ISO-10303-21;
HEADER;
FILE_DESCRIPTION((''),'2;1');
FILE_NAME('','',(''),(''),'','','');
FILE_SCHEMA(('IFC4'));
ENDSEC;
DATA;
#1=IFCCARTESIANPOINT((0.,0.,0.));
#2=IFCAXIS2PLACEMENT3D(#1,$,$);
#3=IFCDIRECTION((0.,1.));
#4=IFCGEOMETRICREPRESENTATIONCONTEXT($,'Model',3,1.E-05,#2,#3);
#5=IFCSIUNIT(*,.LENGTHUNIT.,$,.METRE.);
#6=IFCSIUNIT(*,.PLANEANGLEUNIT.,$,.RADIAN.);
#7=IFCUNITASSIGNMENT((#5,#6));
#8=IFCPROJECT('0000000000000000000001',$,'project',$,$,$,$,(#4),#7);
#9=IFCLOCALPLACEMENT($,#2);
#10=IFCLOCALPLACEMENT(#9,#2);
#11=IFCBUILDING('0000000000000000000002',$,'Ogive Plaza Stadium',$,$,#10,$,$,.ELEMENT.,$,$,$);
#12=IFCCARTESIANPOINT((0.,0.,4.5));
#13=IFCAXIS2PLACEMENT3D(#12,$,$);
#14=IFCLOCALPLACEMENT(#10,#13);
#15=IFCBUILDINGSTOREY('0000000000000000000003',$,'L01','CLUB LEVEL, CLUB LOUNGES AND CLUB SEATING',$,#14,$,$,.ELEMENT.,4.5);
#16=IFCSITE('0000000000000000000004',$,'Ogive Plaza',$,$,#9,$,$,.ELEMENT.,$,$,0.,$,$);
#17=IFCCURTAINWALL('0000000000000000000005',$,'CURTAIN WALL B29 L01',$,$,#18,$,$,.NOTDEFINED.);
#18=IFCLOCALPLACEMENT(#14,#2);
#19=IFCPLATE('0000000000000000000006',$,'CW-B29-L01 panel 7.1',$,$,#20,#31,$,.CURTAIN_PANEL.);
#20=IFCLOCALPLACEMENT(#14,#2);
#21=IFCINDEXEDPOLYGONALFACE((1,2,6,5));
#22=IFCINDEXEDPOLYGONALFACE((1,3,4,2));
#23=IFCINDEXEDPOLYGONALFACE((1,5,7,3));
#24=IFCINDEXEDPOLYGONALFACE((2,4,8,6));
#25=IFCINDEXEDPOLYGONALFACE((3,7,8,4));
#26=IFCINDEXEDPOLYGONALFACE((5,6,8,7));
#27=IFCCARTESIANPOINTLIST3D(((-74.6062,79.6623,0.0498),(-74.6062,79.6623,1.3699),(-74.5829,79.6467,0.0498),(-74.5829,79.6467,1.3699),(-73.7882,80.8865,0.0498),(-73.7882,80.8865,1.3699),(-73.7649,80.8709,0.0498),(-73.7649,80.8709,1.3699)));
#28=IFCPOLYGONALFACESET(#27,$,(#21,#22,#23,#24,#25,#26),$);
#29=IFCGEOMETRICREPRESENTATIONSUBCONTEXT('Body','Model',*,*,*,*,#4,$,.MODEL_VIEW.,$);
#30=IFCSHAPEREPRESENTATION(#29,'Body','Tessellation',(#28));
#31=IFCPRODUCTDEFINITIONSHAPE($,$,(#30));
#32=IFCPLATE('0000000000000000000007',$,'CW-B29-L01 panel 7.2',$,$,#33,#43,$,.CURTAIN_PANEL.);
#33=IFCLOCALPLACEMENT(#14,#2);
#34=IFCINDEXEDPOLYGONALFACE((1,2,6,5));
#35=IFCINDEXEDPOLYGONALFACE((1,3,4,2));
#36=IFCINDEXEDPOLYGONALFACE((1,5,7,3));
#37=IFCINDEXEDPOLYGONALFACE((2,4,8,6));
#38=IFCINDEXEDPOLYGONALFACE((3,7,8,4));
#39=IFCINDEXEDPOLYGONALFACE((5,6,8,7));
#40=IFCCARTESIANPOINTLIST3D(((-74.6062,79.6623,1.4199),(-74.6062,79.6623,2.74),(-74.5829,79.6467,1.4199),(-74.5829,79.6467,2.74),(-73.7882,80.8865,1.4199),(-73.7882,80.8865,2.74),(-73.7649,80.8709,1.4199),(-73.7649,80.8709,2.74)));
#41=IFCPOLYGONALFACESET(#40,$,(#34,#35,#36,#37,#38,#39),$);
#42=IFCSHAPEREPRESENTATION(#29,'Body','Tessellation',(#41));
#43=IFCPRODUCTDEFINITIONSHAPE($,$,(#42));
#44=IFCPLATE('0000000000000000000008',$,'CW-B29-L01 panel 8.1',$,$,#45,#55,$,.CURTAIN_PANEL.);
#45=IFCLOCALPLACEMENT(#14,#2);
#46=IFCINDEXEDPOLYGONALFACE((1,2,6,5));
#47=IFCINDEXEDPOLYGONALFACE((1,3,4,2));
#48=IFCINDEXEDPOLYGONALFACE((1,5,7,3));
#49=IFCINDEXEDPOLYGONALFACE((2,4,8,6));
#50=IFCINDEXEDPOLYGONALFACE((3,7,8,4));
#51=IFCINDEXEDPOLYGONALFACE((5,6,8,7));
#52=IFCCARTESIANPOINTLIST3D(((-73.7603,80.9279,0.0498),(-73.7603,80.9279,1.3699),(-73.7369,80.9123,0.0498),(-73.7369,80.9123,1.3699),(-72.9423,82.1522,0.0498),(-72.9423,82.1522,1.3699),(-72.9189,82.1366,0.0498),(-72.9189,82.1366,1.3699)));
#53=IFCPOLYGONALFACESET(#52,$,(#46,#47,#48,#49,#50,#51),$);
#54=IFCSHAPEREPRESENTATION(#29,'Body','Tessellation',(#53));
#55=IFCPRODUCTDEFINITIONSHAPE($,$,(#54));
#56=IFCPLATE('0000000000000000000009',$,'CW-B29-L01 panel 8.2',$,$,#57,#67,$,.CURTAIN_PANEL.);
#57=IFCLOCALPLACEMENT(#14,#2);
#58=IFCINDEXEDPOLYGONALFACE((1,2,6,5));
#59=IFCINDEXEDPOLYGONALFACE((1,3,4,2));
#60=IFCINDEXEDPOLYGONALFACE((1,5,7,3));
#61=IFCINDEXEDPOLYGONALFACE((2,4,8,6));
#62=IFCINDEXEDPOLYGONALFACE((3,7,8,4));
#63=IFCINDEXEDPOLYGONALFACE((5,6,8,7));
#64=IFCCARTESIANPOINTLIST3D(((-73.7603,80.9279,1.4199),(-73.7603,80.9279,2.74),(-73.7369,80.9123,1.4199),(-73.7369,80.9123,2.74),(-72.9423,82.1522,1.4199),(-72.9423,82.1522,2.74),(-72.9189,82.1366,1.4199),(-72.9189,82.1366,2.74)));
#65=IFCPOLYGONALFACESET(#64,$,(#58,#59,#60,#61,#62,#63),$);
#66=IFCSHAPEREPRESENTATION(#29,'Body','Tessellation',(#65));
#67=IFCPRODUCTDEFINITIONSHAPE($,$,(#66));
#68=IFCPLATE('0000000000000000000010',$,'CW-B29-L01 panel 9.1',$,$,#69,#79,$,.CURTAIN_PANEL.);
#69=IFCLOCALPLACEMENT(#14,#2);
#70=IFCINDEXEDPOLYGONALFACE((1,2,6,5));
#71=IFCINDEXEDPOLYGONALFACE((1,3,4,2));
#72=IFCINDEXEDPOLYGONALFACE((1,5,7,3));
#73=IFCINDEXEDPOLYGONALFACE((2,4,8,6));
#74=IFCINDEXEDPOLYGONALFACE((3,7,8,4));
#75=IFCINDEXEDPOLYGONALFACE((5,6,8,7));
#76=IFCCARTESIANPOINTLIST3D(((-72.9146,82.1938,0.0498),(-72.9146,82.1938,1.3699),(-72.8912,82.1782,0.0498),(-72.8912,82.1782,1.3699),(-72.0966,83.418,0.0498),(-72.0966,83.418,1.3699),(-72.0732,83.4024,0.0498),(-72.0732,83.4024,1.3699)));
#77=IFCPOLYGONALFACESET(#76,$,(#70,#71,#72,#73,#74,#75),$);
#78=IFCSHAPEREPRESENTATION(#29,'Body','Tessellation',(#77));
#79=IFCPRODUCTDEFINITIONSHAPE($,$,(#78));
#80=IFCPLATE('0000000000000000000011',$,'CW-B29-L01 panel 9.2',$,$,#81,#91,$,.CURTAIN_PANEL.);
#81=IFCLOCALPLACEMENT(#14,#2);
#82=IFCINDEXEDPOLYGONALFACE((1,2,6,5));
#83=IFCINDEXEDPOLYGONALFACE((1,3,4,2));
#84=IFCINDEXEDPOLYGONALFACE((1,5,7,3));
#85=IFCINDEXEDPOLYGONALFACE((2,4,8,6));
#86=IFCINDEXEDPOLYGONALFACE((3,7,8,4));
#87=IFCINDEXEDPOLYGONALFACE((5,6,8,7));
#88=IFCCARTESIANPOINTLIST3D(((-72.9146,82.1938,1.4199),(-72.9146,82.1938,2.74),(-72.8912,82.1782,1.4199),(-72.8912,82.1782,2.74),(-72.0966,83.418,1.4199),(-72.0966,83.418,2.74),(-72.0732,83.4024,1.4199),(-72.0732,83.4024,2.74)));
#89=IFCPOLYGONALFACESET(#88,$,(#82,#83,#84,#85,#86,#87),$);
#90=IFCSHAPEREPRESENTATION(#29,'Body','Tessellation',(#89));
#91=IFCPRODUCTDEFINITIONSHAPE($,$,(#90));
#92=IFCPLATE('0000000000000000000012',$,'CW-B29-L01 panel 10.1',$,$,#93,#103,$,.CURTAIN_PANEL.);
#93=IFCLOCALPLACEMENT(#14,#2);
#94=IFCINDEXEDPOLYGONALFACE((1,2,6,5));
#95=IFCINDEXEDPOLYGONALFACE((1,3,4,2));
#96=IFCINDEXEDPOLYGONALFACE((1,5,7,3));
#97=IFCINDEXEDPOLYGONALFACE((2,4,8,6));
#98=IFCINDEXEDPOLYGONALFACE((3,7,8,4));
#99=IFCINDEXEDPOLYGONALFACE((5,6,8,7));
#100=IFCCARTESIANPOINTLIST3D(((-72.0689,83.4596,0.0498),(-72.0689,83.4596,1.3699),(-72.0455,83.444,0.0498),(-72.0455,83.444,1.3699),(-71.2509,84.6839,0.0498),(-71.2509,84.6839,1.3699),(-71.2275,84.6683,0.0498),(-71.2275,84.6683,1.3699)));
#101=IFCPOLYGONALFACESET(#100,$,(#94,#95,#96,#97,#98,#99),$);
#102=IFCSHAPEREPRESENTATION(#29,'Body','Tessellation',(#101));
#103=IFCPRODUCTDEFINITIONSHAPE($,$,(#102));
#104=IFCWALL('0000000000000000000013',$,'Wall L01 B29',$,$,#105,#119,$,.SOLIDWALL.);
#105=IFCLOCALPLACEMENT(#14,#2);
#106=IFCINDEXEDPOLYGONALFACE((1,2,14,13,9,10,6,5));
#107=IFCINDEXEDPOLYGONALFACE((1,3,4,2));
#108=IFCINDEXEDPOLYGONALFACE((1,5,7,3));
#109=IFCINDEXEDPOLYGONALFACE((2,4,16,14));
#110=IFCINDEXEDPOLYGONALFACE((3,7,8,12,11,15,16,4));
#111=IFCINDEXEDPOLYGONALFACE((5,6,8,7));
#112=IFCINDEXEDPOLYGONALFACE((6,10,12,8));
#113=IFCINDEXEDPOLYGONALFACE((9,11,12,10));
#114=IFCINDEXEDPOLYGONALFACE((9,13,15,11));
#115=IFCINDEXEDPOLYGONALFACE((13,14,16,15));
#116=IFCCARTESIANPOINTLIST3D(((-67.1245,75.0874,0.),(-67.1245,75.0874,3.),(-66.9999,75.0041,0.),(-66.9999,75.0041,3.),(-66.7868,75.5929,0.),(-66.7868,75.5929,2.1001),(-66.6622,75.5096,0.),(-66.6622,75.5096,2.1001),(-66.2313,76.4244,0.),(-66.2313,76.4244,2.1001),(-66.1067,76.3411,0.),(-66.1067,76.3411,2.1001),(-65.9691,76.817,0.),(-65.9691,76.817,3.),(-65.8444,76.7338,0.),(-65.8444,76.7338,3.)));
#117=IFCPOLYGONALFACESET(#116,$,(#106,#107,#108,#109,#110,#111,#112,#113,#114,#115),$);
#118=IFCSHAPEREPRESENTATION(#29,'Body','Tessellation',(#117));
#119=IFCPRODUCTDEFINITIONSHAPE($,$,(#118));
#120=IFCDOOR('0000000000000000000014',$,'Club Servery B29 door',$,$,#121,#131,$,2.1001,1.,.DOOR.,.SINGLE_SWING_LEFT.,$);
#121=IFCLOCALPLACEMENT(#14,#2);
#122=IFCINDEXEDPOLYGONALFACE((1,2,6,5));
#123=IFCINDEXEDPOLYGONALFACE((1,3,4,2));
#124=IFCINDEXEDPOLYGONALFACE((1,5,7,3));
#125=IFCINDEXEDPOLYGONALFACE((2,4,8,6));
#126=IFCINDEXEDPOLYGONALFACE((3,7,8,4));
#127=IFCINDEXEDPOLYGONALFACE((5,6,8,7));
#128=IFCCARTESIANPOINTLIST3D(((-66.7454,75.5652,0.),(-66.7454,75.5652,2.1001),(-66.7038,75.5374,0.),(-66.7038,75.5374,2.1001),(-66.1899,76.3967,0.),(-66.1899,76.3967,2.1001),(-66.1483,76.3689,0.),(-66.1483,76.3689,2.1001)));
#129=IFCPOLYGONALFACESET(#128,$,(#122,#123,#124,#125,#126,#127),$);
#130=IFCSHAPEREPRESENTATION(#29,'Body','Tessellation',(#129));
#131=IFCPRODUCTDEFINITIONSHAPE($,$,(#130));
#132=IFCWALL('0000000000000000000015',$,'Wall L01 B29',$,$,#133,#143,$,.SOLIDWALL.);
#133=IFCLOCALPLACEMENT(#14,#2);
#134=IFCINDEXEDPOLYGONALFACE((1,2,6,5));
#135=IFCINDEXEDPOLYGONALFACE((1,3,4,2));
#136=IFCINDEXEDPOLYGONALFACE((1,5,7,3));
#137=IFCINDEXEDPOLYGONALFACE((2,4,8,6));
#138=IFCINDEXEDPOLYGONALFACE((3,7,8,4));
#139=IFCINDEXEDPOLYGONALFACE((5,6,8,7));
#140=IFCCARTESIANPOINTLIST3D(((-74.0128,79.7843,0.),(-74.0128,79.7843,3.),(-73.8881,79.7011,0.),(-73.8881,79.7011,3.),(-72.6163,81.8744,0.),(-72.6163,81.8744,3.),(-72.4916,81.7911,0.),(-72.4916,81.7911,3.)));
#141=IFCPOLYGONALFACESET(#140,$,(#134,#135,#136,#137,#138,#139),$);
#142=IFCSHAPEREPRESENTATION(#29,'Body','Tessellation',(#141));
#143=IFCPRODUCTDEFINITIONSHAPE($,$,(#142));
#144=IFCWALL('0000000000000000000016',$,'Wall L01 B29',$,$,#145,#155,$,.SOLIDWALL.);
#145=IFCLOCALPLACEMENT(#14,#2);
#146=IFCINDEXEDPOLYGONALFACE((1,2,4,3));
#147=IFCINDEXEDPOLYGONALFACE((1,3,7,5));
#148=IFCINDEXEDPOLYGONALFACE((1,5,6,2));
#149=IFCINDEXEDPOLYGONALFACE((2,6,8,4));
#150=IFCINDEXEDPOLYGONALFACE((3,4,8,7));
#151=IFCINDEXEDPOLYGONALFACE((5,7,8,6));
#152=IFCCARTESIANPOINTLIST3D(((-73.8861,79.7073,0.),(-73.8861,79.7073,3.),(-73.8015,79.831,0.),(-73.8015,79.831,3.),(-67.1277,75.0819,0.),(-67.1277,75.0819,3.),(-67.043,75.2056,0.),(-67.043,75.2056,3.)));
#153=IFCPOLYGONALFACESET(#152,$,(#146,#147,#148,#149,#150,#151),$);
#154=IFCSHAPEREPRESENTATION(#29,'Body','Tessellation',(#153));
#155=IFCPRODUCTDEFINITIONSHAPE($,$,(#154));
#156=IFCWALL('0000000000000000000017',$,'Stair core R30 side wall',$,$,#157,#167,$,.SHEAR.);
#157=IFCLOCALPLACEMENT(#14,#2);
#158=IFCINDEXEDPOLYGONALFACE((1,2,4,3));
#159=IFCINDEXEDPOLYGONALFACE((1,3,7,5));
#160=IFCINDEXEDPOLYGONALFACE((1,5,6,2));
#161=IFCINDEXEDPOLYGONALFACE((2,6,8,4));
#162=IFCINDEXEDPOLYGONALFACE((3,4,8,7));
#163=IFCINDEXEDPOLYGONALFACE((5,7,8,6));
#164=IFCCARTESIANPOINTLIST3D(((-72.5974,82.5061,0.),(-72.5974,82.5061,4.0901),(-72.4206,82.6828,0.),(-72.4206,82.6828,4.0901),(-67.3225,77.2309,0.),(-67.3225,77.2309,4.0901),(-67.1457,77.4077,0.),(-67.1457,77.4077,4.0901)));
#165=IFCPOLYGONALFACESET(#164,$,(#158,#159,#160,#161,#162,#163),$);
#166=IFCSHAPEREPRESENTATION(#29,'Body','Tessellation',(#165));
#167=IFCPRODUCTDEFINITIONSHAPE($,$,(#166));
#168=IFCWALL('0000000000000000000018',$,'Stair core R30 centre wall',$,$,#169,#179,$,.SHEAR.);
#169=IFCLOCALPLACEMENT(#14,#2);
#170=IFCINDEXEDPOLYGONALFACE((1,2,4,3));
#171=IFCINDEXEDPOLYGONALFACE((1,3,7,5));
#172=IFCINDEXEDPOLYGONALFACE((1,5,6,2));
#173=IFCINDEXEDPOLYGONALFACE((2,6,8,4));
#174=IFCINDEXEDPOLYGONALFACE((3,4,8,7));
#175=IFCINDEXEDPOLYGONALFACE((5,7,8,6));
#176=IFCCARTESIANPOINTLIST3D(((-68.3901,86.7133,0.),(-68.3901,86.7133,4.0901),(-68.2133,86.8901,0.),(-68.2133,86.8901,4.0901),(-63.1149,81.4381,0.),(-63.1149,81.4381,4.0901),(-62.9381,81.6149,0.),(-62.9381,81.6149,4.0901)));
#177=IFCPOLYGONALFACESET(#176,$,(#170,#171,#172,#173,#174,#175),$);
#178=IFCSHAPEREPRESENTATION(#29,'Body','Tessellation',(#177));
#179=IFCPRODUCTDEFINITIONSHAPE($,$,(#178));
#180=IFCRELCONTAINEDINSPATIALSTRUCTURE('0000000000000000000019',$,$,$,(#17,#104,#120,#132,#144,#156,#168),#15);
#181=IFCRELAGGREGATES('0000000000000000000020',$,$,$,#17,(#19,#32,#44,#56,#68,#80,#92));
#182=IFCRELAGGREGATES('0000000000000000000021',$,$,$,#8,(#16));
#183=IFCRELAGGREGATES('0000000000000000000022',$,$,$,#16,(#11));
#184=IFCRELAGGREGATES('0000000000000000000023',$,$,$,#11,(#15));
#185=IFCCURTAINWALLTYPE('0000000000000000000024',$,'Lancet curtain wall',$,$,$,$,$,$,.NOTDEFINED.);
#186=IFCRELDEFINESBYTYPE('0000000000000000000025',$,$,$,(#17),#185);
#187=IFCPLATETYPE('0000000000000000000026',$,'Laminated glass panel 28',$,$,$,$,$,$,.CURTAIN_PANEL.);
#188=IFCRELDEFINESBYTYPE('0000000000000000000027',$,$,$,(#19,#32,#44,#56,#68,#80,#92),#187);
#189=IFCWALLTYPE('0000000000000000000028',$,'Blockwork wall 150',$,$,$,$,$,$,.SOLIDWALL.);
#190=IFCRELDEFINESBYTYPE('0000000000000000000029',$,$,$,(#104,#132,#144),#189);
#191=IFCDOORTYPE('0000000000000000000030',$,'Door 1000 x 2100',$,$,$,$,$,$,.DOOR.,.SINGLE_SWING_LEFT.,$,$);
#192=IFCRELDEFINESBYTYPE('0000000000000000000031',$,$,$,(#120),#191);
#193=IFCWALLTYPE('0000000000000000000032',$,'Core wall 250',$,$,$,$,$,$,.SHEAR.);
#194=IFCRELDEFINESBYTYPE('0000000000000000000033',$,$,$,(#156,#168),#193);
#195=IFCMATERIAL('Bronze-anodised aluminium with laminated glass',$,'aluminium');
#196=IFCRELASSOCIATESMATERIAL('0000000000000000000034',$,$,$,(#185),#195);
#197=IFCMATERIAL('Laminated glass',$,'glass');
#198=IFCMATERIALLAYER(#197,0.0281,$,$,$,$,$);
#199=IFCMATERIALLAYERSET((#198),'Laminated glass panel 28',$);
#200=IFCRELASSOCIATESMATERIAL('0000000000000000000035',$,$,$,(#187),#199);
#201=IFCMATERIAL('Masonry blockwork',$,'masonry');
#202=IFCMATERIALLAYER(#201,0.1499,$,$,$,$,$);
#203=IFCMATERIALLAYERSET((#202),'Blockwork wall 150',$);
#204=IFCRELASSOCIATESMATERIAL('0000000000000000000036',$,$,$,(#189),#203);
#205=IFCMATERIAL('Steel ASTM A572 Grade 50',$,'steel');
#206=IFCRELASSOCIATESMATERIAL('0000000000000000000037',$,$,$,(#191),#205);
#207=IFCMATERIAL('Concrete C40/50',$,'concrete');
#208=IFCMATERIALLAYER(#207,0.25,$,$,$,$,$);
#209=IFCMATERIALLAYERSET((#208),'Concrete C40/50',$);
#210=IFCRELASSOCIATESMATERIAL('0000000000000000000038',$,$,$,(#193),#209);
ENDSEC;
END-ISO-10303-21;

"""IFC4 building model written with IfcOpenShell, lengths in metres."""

from ifc_helpers import new_model, si_unit, direction, frame, frame_2d, origin, origin_2d, place, context, subcontext, project, spatial, rectangle, extrude, material, layer, layer_set, type_object, element, fill, aggregate, save


model = new_model("IFC4")

# Units and contexts
model_context = context("Model", 3, precision=1e-05, world=origin(), true_north=direction((0.0, 1.0)))
body_context = subcontext(model_context, "Body", "Model", "MODEL_VIEW")
ifc_project = project(units=[si_unit("LENGTHUNIT", "METRE"), si_unit("PLANEANGLEUNIT", "RADIAN")], contexts=[model_context])

# Site, building, storey
site_placement = place(None, origin())
site = spatial("IfcSite", under=ifc_project, at=site_placement, Name="Ogive Plaza", CompositionType="ELEMENT", RefElevation=0.0)
building_placement = place(site_placement, origin())
building = spatial("IfcBuilding", under=site, at=building_placement, Name="Ogive Plaza Stadium", CompositionType="ELEMENT")
storey_placement = place(building_placement, frame((0.0, 0.0, 4.5)))
storey = spatial("IfcBuildingStorey", under=building, at=storey_placement, Name="L01", Description="CLUB LEVEL, CLUB LOUNGES AND CLUB SEATING", CompositionType="ELEMENT", Elevation=4.5)

# Curtain wall
ifc_material_1 = material(Name="Bronze-anodised aluminium with laminated glass", Category="aluminium")
curtain_wall_type = type_object("IfcCurtainWallType", Name="Lancet curtain wall", PredefinedType="NOTDEFINED", material=ifc_material_1)
curtain_wall_placement = place(storey_placement, origin())
curtain_wall = element("IfcCurtainWall", 1, at=curtain_wall_placement, inside=storey, type_object=curtain_wall_type, Name="CURTAIN WALL B29 L01", PredefinedType="NOTDEFINED")

# Plates
ifc_material_2 = material(Name="Laminated glass", Category="glass")
ifc_layer_1 = layer(ifc_material_2, 0.0281)
ifc_layer_set_1 = layer_set([ifc_layer_1], Name="Laminated glass panel 28")
plate_type = type_object("IfcPlateType", Name="Laminated glass panel 28", PredefinedType="CURTAIN_PANEL", material=ifc_layer_set_1)
plate_1_placement = place(storey_placement, frame((-74.1855, 80.2666, 0.0498), z_axis=(0.0, 0.0, 1.0), x_axis=(0.55557, 0.83147, 0.0)))
plate_1 = element("IfcPlate", 2, at=plate_1_placement, type_object=plate_type, Name="CW-B29-L01 panel 7.1", PredefinedType="CURTAIN_PANEL", context=body_context, shape_type="SweptSolid", body=[
    extrude(rectangle(XDim=1.4724, YDim=0.0281, at=origin_2d()), origin(), (0.0, 0.0, 1.0), 1.3201),
])
plate_2_placement = place(storey_placement, frame((-74.1855, 80.2666, 1.4199), z_axis=(0.0, 0.0, 1.0), x_axis=(0.55557, 0.83147, 0.0)))
plate_2 = element("IfcPlate", 3, at=plate_2_placement, type_object=plate_type, Name="CW-B29-L01 panel 7.2", PredefinedType="CURTAIN_PANEL", context=body_context, shape_type="SweptSolid", body=[
    extrude(rectangle(XDim=1.4724, YDim=0.0281, at=origin_2d()), origin(), (0.0, 0.0, 1.0), 1.3201),
])
plate_3_placement = place(storey_placement, frame((-73.3396, 81.5322, 0.0498), z_axis=(0.0, 0.0, 1.0), x_axis=(0.55557, 0.83147, 0.0)))
plate_3 = element("IfcPlate", 4, at=plate_3_placement, type_object=plate_type, Name="CW-B29-L01 panel 8.1", PredefinedType="CURTAIN_PANEL", context=body_context, shape_type="SweptSolid", body=[
    extrude(rectangle(XDim=1.4724, YDim=0.0281, at=origin_2d()), origin(), (0.0, 0.0, 1.0), 1.3201),
])
plate_4_placement = place(storey_placement, frame((-73.3396, 81.5322, 1.4199), z_axis=(0.0, 0.0, 1.0), x_axis=(0.55557, 0.83147, 0.0)))
plate_4 = element("IfcPlate", 5, at=plate_4_placement, type_object=plate_type, Name="CW-B29-L01 panel 8.2", PredefinedType="CURTAIN_PANEL", context=body_context, shape_type="SweptSolid", body=[
    extrude(rectangle(XDim=1.4724, YDim=0.0281, at=origin_2d()), origin(), (0.0, 0.0, 1.0), 1.3201),
])
plate_5_placement = place(storey_placement, frame((-72.4939, 82.7981, 0.0498), z_axis=(0.0, 0.0, 1.0), x_axis=(0.55557, 0.83147, 0.0)))
plate_5 = element("IfcPlate", 6, at=plate_5_placement, type_object=plate_type, Name="CW-B29-L01 panel 9.1", PredefinedType="CURTAIN_PANEL", context=body_context, shape_type="SweptSolid", body=[
    extrude(rectangle(XDim=1.4724, YDim=0.0281, at=origin_2d()), origin(), (0.0, 0.0, 1.0), 1.3201),
])
plate_6_placement = place(storey_placement, frame((-72.4939, 82.7981, 1.4199), z_axis=(0.0, 0.0, 1.0), x_axis=(0.55557, 0.83147, 0.0)))
plate_6 = element("IfcPlate", 7, at=plate_6_placement, type_object=plate_type, Name="CW-B29-L01 panel 9.2", PredefinedType="CURTAIN_PANEL", context=body_context, shape_type="SweptSolid", body=[
    extrude(rectangle(XDim=1.4724, YDim=0.0281, at=origin_2d()), origin(), (0.0, 0.0, 1.0), 1.3201),
])
plate_7_placement = place(storey_placement, frame((-71.6482, 84.064, 0.0498), z_axis=(0.0, 0.0, 1.0), x_axis=(0.55557, 0.83147, 0.0)))
plate_7 = element("IfcPlate", 8, at=plate_7_placement, type_object=plate_type, Name="CW-B29-L01 panel 10.1", PredefinedType="CURTAIN_PANEL", context=body_context, shape_type="SweptSolid", body=[
    extrude(rectangle(XDim=1.4724, YDim=0.0281, at=origin_2d()), origin(), (0.0, 0.0, 1.0), 1.3201),
])
aggregate(curtain_wall, [plate_1, plate_2, plate_3, plate_4, plate_5, plate_6, plate_7])

# Wall, opening, door
ifc_material_3 = material(Name="Masonry blockwork", Category="masonry")
ifc_layer_2 = layer(ifc_material_3, 0.1499)
ifc_layer_set_2 = layer_set([ifc_layer_2], Name="Blockwork wall 150")
wall_type_1 = type_object("IfcWallType", Name="Blockwork wall 150", PredefinedType="SOLIDWALL", material=ifc_layer_set_2)
wall_1_placement = place(storey_placement, frame((-65.9067, 76.7754, 0.0), z_axis=(0.0, 0.0, 1.0), x_axis=(-0.555485, -0.831526, 0.0)))
wall_1 = element("IfcWall", 9, at=wall_1_placement, inside=storey, type_object=wall_type_1, Name="Wall L01 B29", PredefinedType="SOLIDWALL", context=body_context, shape_type="SweptSolid", body=[
    extrude(rectangle(XDim=2.0801, YDim=0.1499, at=frame_2d((1.04, 0.0))), origin(), (0.0, 0.0, 1.0), 3.0),
])
opening_placement = place(wall_1_placement, frame((0.4722, 0.0, 0.0)))
opening = element("IfcOpeningElement", 10, at=opening_placement, cuts=wall_1, PredefinedType="OPENING", context=body_context, shape_type="SweptSolid", body=[
    extrude(rectangle(XDim=1.0, YDim=2.1001, at=frame_2d((0.5, 1.05))), frame((0.0, 0.075, 0.0), z_axis=(0.0, -1.0, 0.0), x_axis=(1.0, 0.0, 0.0)), (0.0, 0.0, 1.0), 0.1499),
])
ifc_material_4 = material(Name="Steel ASTM A572 Grade 50", Category="steel")
door_type = type_object("IfcDoorType", Name="Door 1000 x 2100", OperationType="SINGLE_SWING_LEFT", PredefinedType="DOOR", material=ifc_material_4)
door_placement = place(opening_placement, origin())
door = element("IfcDoor", 11, at=door_placement, inside=storey, type_object=door_type, Name="Club Servery B29 door", OperationType="SINGLE_SWING_LEFT", OverallHeight=2.1001, OverallWidth=1.0, PredefinedType="DOOR", context=body_context, shape_type="SweptSolid", body=[
    extrude(rectangle(XDim=1.0, YDim=2.1001, at=frame_2d((0.5, 1.05))), frame((0.0, 0.0249, 0.0), z_axis=(0.0, -1.0, 0.0), x_axis=(1.0, 0.0, 0.0)), (0.0, 0.0, 1.0), 0.05),
])
fill(opening, door)

# Walls
wall_2_placement = place(storey_placement, frame((-72.554, 81.8328, 0.0), z_axis=(0.0, 0.0, 1.0), x_axis=(-0.555552, -0.831482, 0.0)))
element("IfcWall", 12, at=wall_2_placement, inside=storey, type_object=wall_type_1, Name="Wall L01 B29", PredefinedType="SOLIDWALL", context=body_context, shape_type="SweptSolid", body=[
    extrude(rectangle(XDim=2.5137, YDim=0.1499, at=frame_2d((1.2568, 0.0))), origin(), (0.0, 0.0, 1.0), 3.0),
])
wall_3_placement = place(storey_placement, frame((-67.0854, 75.1438, 0.0), z_axis=(0.0, 0.0, 1.0), x_axis=(-0.825238, 0.564785, 0.0)))
element("IfcWall", 13, at=wall_3_placement, inside=storey, type_object=wall_type_1, Name="Wall L01 B29", PredefinedType="SOLIDWALL", context=body_context, shape_type="SweptSolid", body=[
    extrude(rectangle(XDim=8.1897, YDim=0.1499, at=frame_2d((4.0947, 0.0))), origin(), (0.0, 0.0, 1.0), 3.0),
])
ifc_material_5 = material(Name="Concrete C40/50", Category="concrete")
ifc_layer_3 = layer(ifc_material_5, 0.25)
ifc_layer_set_3 = layer_set([ifc_layer_3], Name="Concrete C40/50")
wall_type_2 = type_object("IfcWallType", Name="Core wall 250", PredefinedType="SHEAR", material=ifc_layer_set_3)
wall_4_placement = place(storey_placement, frame((-67.2341, 77.3193, 0.0), z_axis=(0.0, 0.0, 1.0), x_axis=(-0.70709, 0.707123, 0.0)))
element("IfcWall", 14, at=wall_4_placement, inside=storey, type_object=wall_type_2, Name="Stair core R30 side wall", PredefinedType="SHEAR", context=body_context, shape_type="SweptSolid", body=[
    extrude(rectangle(XDim=7.46, YDim=0.25, at=frame_2d((3.73, 0.0))), origin(), (0.0, 0.0, 1.0), 4.0901),
])
wall_5_placement = place(storey_placement, frame((-63.0266, 81.5266, 0.0), z_axis=(0.0, 0.0, 1.0), x_axis=(-0.707107, 0.707107, 0.0)))
element("IfcWall", 15, at=wall_5_placement, inside=storey, type_object=wall_type_2, Name="Stair core R30 centre wall", PredefinedType="SHEAR", context=body_context, shape_type="SweptSolid", body=[
    extrude(rectangle(XDim=7.4602, YDim=0.25, at=frame_2d((3.73, 0.0))), origin(), (0.0, 0.0, 1.0), 4.0901),
])

save(model, "model.ifc")
